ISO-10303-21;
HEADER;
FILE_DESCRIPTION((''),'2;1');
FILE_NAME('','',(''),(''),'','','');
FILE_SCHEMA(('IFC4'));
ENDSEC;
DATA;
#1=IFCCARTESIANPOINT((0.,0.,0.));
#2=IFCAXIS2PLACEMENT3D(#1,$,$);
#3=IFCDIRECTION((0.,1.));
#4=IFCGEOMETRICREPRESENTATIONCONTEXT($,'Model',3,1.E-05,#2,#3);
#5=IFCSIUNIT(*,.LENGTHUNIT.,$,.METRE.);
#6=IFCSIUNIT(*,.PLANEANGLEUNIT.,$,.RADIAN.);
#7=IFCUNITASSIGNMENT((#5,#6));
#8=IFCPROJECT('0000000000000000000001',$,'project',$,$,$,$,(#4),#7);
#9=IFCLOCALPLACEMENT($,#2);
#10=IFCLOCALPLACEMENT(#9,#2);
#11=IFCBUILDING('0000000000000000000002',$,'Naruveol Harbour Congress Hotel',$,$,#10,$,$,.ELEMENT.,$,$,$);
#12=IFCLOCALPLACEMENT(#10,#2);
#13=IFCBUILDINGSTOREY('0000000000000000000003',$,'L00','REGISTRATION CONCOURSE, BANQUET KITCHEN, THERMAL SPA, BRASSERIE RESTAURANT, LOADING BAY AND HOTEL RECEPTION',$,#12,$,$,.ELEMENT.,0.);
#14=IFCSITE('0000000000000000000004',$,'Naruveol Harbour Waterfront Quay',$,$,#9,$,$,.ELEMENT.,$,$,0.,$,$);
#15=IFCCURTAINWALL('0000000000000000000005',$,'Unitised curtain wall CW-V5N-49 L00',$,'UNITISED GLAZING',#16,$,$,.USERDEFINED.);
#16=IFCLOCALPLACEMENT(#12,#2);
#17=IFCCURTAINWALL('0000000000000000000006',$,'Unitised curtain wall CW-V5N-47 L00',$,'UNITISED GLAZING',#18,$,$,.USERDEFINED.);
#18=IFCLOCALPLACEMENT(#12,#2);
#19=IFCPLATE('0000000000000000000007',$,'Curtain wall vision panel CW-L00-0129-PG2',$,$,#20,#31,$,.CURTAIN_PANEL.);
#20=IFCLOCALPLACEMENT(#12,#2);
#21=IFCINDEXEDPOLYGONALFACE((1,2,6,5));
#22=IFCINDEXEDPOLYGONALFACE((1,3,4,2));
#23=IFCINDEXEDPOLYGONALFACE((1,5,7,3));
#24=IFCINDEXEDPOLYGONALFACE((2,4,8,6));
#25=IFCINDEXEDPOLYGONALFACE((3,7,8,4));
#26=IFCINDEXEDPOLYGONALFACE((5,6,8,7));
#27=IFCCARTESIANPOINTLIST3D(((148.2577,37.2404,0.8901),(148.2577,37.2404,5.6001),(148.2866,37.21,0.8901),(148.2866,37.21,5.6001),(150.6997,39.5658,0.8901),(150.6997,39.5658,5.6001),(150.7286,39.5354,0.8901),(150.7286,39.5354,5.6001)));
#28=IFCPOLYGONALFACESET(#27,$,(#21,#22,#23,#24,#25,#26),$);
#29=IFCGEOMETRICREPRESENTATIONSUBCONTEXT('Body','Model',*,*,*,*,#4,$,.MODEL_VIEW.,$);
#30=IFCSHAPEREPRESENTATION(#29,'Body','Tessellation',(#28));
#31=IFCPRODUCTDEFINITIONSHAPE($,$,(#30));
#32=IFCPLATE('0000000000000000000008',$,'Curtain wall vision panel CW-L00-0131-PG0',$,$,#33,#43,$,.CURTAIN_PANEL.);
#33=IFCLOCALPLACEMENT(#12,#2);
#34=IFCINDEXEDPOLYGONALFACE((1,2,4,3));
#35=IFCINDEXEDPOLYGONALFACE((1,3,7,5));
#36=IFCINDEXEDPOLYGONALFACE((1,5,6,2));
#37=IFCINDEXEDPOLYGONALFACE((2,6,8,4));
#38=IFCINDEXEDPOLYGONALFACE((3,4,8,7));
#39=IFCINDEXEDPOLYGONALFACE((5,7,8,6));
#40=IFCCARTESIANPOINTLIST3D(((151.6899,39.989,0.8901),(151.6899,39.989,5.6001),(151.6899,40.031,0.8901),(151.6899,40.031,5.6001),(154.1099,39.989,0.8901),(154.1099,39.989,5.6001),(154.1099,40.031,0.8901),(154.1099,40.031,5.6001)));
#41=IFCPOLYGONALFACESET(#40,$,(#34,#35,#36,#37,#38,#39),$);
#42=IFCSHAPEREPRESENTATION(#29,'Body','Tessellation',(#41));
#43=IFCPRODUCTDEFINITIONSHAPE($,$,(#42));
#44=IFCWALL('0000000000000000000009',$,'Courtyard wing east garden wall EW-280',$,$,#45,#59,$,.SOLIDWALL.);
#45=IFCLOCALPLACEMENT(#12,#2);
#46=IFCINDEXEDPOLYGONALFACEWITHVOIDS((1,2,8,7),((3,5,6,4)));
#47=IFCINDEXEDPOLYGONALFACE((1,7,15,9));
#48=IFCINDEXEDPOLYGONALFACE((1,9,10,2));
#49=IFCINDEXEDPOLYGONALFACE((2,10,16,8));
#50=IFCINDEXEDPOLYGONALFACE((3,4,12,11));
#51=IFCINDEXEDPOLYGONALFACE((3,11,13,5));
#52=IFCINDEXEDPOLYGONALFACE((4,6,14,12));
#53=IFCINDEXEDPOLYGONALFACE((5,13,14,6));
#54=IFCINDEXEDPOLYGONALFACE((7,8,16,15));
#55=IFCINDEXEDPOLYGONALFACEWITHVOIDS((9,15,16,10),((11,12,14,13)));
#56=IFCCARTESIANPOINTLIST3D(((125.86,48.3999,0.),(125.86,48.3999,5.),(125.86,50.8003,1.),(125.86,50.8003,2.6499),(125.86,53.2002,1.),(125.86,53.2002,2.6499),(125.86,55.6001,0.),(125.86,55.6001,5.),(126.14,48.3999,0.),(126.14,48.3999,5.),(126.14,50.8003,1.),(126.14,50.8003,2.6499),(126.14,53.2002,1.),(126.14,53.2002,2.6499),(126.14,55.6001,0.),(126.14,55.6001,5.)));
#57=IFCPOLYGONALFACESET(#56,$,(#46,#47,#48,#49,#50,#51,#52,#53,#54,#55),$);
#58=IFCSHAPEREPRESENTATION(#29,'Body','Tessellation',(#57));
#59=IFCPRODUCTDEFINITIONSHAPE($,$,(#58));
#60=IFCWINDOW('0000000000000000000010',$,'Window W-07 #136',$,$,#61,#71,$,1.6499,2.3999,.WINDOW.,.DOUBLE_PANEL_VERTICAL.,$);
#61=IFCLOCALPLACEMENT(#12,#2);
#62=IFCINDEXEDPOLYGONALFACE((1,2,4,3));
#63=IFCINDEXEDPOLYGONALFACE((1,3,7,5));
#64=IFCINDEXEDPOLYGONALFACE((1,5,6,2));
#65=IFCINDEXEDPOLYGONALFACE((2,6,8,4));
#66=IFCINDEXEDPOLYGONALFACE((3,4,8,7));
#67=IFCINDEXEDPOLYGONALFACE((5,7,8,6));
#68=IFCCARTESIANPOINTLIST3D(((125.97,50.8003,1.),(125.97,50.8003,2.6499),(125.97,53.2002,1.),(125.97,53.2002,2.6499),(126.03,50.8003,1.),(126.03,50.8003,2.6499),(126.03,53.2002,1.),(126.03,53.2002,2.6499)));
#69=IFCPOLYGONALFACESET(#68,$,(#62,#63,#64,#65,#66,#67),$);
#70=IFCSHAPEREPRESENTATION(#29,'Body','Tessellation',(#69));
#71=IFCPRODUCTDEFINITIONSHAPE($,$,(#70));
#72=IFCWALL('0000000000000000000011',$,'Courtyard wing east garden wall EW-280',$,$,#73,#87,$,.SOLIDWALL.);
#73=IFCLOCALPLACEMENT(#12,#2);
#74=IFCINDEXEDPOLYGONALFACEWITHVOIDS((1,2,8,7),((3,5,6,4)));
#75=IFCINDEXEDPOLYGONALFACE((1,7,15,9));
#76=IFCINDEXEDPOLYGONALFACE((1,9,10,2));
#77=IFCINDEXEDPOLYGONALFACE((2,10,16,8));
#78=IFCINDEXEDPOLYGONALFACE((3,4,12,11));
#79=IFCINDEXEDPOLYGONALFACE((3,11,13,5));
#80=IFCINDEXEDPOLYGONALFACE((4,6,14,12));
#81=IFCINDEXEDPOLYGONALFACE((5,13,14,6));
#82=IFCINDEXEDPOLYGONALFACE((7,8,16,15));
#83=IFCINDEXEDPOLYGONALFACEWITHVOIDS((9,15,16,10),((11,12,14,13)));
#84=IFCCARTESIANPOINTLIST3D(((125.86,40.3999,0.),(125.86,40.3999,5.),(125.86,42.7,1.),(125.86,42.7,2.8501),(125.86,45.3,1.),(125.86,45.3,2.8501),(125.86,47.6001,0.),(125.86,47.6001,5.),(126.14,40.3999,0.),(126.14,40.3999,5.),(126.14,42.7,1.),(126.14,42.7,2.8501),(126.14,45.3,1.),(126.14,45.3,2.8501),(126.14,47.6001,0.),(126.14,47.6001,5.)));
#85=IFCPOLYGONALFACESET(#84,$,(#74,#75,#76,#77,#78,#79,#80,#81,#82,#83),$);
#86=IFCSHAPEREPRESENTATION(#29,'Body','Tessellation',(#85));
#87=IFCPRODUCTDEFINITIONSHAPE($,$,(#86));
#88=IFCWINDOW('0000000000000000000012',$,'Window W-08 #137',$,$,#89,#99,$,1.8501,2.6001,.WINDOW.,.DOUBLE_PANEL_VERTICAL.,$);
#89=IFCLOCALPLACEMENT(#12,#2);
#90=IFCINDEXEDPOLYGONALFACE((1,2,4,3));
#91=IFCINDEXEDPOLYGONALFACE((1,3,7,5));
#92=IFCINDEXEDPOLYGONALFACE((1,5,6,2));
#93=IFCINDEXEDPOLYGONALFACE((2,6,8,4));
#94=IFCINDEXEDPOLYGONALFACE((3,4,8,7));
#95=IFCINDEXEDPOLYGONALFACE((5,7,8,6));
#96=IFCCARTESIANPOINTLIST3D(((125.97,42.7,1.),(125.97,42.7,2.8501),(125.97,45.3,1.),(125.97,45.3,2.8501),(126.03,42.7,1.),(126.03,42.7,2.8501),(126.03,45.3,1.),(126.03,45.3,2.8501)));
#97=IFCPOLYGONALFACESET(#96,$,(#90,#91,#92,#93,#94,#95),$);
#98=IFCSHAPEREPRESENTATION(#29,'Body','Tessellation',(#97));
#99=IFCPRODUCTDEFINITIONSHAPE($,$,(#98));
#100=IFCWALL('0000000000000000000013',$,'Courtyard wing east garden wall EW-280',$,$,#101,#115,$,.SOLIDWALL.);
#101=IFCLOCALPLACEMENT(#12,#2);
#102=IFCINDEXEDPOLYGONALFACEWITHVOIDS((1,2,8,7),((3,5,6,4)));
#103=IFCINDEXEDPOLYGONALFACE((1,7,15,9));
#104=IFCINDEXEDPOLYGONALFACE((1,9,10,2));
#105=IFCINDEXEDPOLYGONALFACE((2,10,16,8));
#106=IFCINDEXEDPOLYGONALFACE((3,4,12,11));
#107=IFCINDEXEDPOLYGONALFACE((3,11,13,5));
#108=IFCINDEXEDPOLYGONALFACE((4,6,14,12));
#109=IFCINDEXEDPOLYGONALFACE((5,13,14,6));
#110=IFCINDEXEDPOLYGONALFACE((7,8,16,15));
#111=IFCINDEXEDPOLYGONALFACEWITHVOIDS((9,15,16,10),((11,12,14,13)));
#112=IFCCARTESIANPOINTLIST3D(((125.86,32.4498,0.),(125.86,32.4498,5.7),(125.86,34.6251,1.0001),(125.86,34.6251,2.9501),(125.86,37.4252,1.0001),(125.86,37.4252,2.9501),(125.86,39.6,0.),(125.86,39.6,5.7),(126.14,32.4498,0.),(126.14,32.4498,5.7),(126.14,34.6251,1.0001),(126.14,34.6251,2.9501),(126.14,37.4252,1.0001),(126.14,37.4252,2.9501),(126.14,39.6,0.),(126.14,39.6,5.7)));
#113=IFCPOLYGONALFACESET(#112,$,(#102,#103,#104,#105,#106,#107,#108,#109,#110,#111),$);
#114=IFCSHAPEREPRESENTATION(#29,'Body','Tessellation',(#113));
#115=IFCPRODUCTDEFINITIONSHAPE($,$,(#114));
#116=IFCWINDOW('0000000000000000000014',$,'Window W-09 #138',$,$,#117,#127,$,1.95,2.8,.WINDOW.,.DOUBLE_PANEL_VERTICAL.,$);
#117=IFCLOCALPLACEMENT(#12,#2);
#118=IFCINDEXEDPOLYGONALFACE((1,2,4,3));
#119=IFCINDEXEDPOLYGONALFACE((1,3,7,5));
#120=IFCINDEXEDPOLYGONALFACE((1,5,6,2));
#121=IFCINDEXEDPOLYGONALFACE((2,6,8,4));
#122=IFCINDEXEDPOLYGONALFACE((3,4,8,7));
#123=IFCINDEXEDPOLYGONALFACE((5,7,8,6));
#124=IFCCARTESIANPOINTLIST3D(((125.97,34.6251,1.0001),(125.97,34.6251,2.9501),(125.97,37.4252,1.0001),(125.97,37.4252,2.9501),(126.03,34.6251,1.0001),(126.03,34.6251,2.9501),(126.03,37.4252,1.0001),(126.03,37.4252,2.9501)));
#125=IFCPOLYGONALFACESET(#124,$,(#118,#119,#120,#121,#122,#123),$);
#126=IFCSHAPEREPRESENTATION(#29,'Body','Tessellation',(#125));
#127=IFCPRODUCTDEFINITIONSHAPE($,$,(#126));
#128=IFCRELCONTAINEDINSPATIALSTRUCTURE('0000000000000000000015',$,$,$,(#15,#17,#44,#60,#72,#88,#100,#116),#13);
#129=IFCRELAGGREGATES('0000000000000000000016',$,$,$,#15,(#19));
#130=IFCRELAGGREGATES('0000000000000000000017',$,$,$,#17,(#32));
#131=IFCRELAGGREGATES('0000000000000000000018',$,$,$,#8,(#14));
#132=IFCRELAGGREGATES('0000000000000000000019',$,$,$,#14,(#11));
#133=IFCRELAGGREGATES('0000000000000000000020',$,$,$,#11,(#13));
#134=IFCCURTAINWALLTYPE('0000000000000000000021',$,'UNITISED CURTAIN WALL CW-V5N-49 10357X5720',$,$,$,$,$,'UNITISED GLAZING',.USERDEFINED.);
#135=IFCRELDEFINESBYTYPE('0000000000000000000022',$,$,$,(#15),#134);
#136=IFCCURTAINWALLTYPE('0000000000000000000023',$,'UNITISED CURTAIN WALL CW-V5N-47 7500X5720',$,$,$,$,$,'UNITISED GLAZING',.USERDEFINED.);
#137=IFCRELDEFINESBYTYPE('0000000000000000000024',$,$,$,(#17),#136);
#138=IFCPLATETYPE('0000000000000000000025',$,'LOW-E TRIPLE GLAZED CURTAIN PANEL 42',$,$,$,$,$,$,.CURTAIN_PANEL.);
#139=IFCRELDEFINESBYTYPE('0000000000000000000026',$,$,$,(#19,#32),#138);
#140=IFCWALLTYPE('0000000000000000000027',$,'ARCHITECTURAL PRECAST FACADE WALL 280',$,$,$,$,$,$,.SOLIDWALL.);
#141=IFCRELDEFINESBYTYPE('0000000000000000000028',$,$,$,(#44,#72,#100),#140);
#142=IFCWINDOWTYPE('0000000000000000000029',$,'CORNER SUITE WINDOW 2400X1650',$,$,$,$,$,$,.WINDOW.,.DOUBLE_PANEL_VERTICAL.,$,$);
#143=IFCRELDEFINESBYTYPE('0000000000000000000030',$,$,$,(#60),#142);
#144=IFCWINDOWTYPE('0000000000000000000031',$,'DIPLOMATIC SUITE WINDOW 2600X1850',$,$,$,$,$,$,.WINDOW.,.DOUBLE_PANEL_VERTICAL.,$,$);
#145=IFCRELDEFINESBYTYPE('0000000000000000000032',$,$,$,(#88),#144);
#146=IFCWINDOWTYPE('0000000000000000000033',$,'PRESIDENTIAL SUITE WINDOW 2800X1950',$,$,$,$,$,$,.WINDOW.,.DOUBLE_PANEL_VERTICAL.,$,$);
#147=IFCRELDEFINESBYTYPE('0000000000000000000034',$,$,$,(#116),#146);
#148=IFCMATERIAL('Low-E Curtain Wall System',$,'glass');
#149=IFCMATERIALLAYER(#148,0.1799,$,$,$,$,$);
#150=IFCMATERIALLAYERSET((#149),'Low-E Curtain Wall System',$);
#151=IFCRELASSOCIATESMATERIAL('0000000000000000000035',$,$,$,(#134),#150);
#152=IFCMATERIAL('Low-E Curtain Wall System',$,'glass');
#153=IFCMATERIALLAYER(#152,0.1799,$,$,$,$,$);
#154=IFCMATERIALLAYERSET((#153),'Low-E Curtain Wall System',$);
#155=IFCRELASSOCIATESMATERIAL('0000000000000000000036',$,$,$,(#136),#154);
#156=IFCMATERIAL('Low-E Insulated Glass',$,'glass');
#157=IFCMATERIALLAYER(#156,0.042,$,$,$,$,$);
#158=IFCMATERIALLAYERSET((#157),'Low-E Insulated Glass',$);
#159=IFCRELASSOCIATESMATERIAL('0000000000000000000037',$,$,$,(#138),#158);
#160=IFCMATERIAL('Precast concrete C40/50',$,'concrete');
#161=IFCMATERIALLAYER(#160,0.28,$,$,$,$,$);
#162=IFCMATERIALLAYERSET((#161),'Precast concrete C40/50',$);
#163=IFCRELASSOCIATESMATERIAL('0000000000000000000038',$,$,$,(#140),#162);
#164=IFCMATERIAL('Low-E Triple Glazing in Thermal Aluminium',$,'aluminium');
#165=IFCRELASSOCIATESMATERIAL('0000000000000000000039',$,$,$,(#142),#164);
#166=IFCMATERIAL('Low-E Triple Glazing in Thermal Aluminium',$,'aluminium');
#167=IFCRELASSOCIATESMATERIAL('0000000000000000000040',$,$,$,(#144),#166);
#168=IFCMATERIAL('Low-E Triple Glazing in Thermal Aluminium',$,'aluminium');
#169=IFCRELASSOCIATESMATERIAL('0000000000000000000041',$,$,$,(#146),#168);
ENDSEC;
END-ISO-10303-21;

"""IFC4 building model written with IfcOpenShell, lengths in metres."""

from ifc_helpers import new_model, si_unit, direction, frame, frame_2d, origin, origin_2d, place, context, subcontext, project, spatial, rectangle, extrude, material, layer, layer_set, type_object, element, fill, aggregate, save


model = new_model("IFC4")

# Units and contexts
model_context = context("Model", 3, precision=1e-05, world=origin(), true_north=direction((0.0, 1.0)))
body_context = subcontext(model_context, "Body", "Model", "MODEL_VIEW")
ifc_project = project(units=[si_unit("LENGTHUNIT", "METRE"), si_unit("PLANEANGLEUNIT", "RADIAN")], contexts=[model_context])

# Site, building, storey
site_placement = place(None, origin())
site = spatial("IfcSite", under=ifc_project, at=site_placement, Name="Naruveol Harbour Waterfront Quay", CompositionType="ELEMENT", RefElevation=0.0)
building_placement = place(site_placement, origin())
building = spatial("IfcBuilding", under=site, at=building_placement, Name="Naruveol Harbour Congress Hotel", CompositionType="ELEMENT")
storey_placement = place(building_placement, origin())
storey = spatial("IfcBuildingStorey", under=building, at=storey_placement, Name="L00", Description="REGISTRATION CONCOURSE, BANQUET KITCHEN, THERMAL SPA, BRASSERIE RESTAURANT, LOADING BAY AND HOTEL RECEPTION", CompositionType="ELEMENT", Elevation=0.0)

# Curtain wall
ifc_material_1 = material(Name="Low-E Curtain Wall System", Category="glass")
ifc_layer_1 = layer(ifc_material_1, 0.1799)
ifc_layer_set_1 = layer_set([ifc_layer_1], Name="Low-E Curtain Wall System")
curtain_wall_type_1 = type_object("IfcCurtainWallType", Name="UNITISED CURTAIN WALL CW-V5N-49 10357X5720", ElementType="UNITISED GLAZING", PredefinedType="USERDEFINED", material=ifc_layer_set_1)
curtain_wall_1_placement = place(storey_placement, origin())
curtain_wall_1 = element("IfcCurtainWall", 1, at=curtain_wall_1_placement, inside=storey, type_object=curtain_wall_type_1, Name="Unitised curtain wall CW-V5N-49 L00", ObjectType="UNITISED GLAZING", PredefinedType="USERDEFINED")

# Curtain wall
ifc_material_2 = material(Name="Low-E Curtain Wall System", Category="glass")
ifc_layer_2 = layer(ifc_material_2, 0.1799)
ifc_layer_set_2 = layer_set([ifc_layer_2], Name="Low-E Curtain Wall System")
curtain_wall_type_2 = type_object("IfcCurtainWallType", Name="UNITISED CURTAIN WALL CW-V5N-47 7500X5720", ElementType="UNITISED GLAZING", PredefinedType="USERDEFINED", material=ifc_layer_set_2)
curtain_wall_2_placement = place(storey_placement, origin())
curtain_wall_2 = element("IfcCurtainWall", 2, at=curtain_wall_2_placement, inside=storey, type_object=curtain_wall_type_2, Name="Unitised curtain wall CW-V5N-47 L00", ObjectType="UNITISED GLAZING", PredefinedType="USERDEFINED")

# Plates
ifc_material_3 = material(Name="Low-E Insulated Glass", Category="glass")
ifc_layer_3 = layer(ifc_material_3, 0.042)
ifc_layer_set_3 = layer_set([ifc_layer_3], Name="Low-E Insulated Glass")
plate_type_1 = type_object("IfcPlateType", Name="LOW-E TRIPLE GLAZED CURTAIN PANEL 42", PredefinedType="CURTAIN_PANEL", material=ifc_layer_set_3)
plate_1_placement = place(storey_placement, frame((149.4932, 38.3879, 0.8901), z_axis=(0.0, 0.0, 1.0), x_axis=(0.724184, 0.689607, 0.0)))
plate_1 = element("IfcPlate", 3, at=plate_1_placement, type_object=plate_type_1, Name="Curtain wall vision panel CW-L00-0129-PG2", PredefinedType="CURTAIN_PANEL", context=body_context, shape_type="SweptSolid", body=[
    extrude(rectangle(XDim=3.3721, YDim=0.042, at=origin_2d()), origin(), (0.0, 0.0, 1.0), 4.71),
])
aggregate(curtain_wall_1, [plate_1])
plate_2_placement = place(storey_placement, frame((152.8999, 40.01, 0.8901), z_axis=(0.0, 0.0, 1.0), x_axis=(1.0, 0.0, 0.0)))
plate_2 = element("IfcPlate", 4, at=plate_2_placement, type_object=plate_type_1, Name="Curtain wall vision panel CW-L00-0131-PG0", PredefinedType="CURTAIN_PANEL", context=body_context, shape_type="SweptSolid", body=[
    extrude(rectangle(XDim=2.4199, YDim=0.042, at=origin_2d()), origin(), (0.0, 0.0, 1.0), 4.71),
])
aggregate(curtain_wall_2, [plate_2])

# Walls, openings, windows
ifc_material_4 = material(Name="Precast concrete C40/50", Category="concrete")
ifc_layer_4 = layer(ifc_material_4, 0.28)
ifc_layer_set_4 = layer_set([ifc_layer_4], Name="Precast concrete C40/50")
wall_type = type_object("IfcWallType", Name="ARCHITECTURAL PRECAST FACADE WALL 280", PredefinedType="SOLIDWALL", material=ifc_layer_set_4)
wall_1_placement = place(storey_placement, frame((126.0, 55.6001, 0.0), z_axis=(0.0, 0.0, 1.0), x_axis=(0.0, -1.0, 0.0)))
wall_1 = element("IfcWall", 5, at=wall_1_placement, inside=storey, type_object=wall_type, Name="Courtyard wing east garden wall EW-280", PredefinedType="SOLIDWALL", context=body_context, shape_type="SweptSolid", body=[
    extrude(rectangle(XDim=7.2002, YDim=0.28, at=frame_2d((3.6001, 0.0))), origin(), (0.0, 0.0, 1.0), 5.0),
])
opening_1_placement = place(wall_1_placement, frame((2.3999, 0.0, 1.0)))
opening_1 = element("IfcOpeningElement", 6, at=opening_1_placement, cuts=wall_1, PredefinedType="OPENING", context=body_context, shape_type="SweptSolid", body=[
    extrude(rectangle(XDim=2.3999, YDim=1.6499, at=frame_2d((1.2, 0.825))), frame((0.0, 0.1499, 0.0), z_axis=(0.0, -1.0, 0.0), x_axis=(1.0, 0.0, 0.0)), (0.0, 0.0, 1.0), 0.3),
])
ifc_material_5 = material(Name="Low-E Triple Glazing in Thermal Aluminium", Category="aluminium")
window_type_1 = type_object("IfcWindowType", Name="CORNER SUITE WINDOW 2400X1650", PartitioningType="DOUBLE_PANEL_VERTICAL", PredefinedType="WINDOW", material=ifc_material_5)
window_1_placement = place(opening_1_placement, origin())
window_1 = element("IfcWindow", 7, at=window_1_placement, inside=storey, type_object=window_type_1, Name="Window W-07 #136", OverallHeight=1.6499, OverallWidth=2.3999, PartitioningType="DOUBLE_PANEL_VERTICAL", PredefinedType="WINDOW", context=body_context, shape_type="SweptSolid", body=[
    extrude(rectangle(XDim=2.3999, YDim=1.6499, at=frame_2d((1.2, 0.825))), frame((0.0, 0.03, 0.0), z_axis=(0.0, -1.0, 0.0), x_axis=(1.0, 0.0, 0.0)), (0.0, 0.0, 1.0), 0.0601),
])
fill(opening_1, window_1)
wall_2_placement = place(storey_placement, frame((126.0, 47.6001, 0.0), z_axis=(0.0, 0.0, 1.0), x_axis=(0.0, -1.0, 0.0)))
wall_2 = element("IfcWall", 8, at=wall_2_placement, inside=storey, type_object=wall_type, Name="Courtyard wing east garden wall EW-280", PredefinedType="SOLIDWALL", context=body_context, shape_type="SweptSolid", body=[
    extrude(rectangle(XDim=7.2002, YDim=0.28, at=frame_2d((3.6001, 0.0))), origin(), (0.0, 0.0, 1.0), 5.0),
])
opening_2_placement = place(wall_2_placement, frame((2.3, 0.0, 1.0)))
opening_2 = element("IfcOpeningElement", 9, at=opening_2_placement, cuts=wall_2, PredefinedType="OPENING", context=body_context, shape_type="SweptSolid", body=[
    extrude(rectangle(XDim=2.6001, YDim=1.8501, at=frame_2d((1.3, 0.925))), frame((0.0, 0.1499, 0.0), z_axis=(0.0, -1.0, 0.0), x_axis=(1.0, 0.0, 0.0)), (0.0, 0.0, 1.0), 0.3),
])
ifc_material_6 = material(Name="Low-E Triple Glazing in Thermal Aluminium", Category="aluminium")
window_type_2 = type_object("IfcWindowType", Name="DIPLOMATIC SUITE WINDOW 2600X1850", PartitioningType="DOUBLE_PANEL_VERTICAL", PredefinedType="WINDOW", material=ifc_material_6)
window_2_placement = place(opening_2_placement, origin())
window_2 = element("IfcWindow", 10, at=window_2_placement, inside=storey, type_object=window_type_2, Name="Window W-08 #137", OverallHeight=1.8501, OverallWidth=2.6001, PartitioningType="DOUBLE_PANEL_VERTICAL", PredefinedType="WINDOW", context=body_context, shape_type="SweptSolid", body=[
    extrude(rectangle(XDim=2.6001, YDim=1.8501, at=frame_2d((1.3, 0.925))), frame((0.0, 0.03, 0.0), z_axis=(0.0, -1.0, 0.0), x_axis=(1.0, 0.0, 0.0)), (0.0, 0.0, 1.0), 0.0601),
])
fill(opening_2, window_2)
wall_3_placement = place(storey_placement, frame((126.0, 39.6001, 0.0), z_axis=(0.0, 0.0, 1.0), x_axis=(0.0, -1.0, 0.0)))
wall_3 = element("IfcWall", 11, at=wall_3_placement, inside=storey, type_object=wall_type, Name="Courtyard wing east garden wall EW-280", PredefinedType="SOLIDWALL", context=body_context, shape_type="SweptSolid", body=[
    extrude(rectangle(XDim=7.1501, YDim=0.28, at=frame_2d((3.5752, 0.0))), origin(), (0.0, 0.0, 1.0), 5.7),
])
opening_3_placement = place(wall_3_placement, frame((2.175, 0.0, 1.0)))
opening_3 = element("IfcOpeningElement", 12, at=opening_3_placement, cuts=wall_3, PredefinedType="OPENING", context=body_context, shape_type="SweptSolid", body=[
    extrude(rectangle(XDim=2.8, YDim=1.95, at=frame_2d((1.3999, 0.9751))), frame((0.0, 0.1499, 0.0), z_axis=(0.0, -1.0, 0.0), x_axis=(1.0, 0.0, 0.0)), (0.0, 0.0, 1.0), 0.3),
])
ifc_material_7 = material(Name="Low-E Triple Glazing in Thermal Aluminium", Category="aluminium")
window_type_3 = type_object("IfcWindowType", Name="PRESIDENTIAL SUITE WINDOW 2800X1950", PartitioningType="DOUBLE_PANEL_VERTICAL", PredefinedType="WINDOW", material=ifc_material_7)
window_3_placement = place(opening_3_placement, origin())
window_3 = element("IfcWindow", 13, at=window_3_placement, inside=storey, type_object=window_type_3, Name="Window W-09 #138", OverallHeight=1.95, OverallWidth=2.8, PartitioningType="DOUBLE_PANEL_VERTICAL", PredefinedType="WINDOW", context=body_context, shape_type="SweptSolid", body=[
    extrude(rectangle(XDim=2.8, YDim=1.95, at=frame_2d((1.3999, 0.9751))), frame((0.0, 0.03, 0.0), z_axis=(0.0, -1.0, 0.0), x_axis=(1.0, 0.0, 0.0)), (0.0, 0.0, 1.0), 0.0601),
])
fill(opening_3, window_3)

save(model, "model.ifc")
